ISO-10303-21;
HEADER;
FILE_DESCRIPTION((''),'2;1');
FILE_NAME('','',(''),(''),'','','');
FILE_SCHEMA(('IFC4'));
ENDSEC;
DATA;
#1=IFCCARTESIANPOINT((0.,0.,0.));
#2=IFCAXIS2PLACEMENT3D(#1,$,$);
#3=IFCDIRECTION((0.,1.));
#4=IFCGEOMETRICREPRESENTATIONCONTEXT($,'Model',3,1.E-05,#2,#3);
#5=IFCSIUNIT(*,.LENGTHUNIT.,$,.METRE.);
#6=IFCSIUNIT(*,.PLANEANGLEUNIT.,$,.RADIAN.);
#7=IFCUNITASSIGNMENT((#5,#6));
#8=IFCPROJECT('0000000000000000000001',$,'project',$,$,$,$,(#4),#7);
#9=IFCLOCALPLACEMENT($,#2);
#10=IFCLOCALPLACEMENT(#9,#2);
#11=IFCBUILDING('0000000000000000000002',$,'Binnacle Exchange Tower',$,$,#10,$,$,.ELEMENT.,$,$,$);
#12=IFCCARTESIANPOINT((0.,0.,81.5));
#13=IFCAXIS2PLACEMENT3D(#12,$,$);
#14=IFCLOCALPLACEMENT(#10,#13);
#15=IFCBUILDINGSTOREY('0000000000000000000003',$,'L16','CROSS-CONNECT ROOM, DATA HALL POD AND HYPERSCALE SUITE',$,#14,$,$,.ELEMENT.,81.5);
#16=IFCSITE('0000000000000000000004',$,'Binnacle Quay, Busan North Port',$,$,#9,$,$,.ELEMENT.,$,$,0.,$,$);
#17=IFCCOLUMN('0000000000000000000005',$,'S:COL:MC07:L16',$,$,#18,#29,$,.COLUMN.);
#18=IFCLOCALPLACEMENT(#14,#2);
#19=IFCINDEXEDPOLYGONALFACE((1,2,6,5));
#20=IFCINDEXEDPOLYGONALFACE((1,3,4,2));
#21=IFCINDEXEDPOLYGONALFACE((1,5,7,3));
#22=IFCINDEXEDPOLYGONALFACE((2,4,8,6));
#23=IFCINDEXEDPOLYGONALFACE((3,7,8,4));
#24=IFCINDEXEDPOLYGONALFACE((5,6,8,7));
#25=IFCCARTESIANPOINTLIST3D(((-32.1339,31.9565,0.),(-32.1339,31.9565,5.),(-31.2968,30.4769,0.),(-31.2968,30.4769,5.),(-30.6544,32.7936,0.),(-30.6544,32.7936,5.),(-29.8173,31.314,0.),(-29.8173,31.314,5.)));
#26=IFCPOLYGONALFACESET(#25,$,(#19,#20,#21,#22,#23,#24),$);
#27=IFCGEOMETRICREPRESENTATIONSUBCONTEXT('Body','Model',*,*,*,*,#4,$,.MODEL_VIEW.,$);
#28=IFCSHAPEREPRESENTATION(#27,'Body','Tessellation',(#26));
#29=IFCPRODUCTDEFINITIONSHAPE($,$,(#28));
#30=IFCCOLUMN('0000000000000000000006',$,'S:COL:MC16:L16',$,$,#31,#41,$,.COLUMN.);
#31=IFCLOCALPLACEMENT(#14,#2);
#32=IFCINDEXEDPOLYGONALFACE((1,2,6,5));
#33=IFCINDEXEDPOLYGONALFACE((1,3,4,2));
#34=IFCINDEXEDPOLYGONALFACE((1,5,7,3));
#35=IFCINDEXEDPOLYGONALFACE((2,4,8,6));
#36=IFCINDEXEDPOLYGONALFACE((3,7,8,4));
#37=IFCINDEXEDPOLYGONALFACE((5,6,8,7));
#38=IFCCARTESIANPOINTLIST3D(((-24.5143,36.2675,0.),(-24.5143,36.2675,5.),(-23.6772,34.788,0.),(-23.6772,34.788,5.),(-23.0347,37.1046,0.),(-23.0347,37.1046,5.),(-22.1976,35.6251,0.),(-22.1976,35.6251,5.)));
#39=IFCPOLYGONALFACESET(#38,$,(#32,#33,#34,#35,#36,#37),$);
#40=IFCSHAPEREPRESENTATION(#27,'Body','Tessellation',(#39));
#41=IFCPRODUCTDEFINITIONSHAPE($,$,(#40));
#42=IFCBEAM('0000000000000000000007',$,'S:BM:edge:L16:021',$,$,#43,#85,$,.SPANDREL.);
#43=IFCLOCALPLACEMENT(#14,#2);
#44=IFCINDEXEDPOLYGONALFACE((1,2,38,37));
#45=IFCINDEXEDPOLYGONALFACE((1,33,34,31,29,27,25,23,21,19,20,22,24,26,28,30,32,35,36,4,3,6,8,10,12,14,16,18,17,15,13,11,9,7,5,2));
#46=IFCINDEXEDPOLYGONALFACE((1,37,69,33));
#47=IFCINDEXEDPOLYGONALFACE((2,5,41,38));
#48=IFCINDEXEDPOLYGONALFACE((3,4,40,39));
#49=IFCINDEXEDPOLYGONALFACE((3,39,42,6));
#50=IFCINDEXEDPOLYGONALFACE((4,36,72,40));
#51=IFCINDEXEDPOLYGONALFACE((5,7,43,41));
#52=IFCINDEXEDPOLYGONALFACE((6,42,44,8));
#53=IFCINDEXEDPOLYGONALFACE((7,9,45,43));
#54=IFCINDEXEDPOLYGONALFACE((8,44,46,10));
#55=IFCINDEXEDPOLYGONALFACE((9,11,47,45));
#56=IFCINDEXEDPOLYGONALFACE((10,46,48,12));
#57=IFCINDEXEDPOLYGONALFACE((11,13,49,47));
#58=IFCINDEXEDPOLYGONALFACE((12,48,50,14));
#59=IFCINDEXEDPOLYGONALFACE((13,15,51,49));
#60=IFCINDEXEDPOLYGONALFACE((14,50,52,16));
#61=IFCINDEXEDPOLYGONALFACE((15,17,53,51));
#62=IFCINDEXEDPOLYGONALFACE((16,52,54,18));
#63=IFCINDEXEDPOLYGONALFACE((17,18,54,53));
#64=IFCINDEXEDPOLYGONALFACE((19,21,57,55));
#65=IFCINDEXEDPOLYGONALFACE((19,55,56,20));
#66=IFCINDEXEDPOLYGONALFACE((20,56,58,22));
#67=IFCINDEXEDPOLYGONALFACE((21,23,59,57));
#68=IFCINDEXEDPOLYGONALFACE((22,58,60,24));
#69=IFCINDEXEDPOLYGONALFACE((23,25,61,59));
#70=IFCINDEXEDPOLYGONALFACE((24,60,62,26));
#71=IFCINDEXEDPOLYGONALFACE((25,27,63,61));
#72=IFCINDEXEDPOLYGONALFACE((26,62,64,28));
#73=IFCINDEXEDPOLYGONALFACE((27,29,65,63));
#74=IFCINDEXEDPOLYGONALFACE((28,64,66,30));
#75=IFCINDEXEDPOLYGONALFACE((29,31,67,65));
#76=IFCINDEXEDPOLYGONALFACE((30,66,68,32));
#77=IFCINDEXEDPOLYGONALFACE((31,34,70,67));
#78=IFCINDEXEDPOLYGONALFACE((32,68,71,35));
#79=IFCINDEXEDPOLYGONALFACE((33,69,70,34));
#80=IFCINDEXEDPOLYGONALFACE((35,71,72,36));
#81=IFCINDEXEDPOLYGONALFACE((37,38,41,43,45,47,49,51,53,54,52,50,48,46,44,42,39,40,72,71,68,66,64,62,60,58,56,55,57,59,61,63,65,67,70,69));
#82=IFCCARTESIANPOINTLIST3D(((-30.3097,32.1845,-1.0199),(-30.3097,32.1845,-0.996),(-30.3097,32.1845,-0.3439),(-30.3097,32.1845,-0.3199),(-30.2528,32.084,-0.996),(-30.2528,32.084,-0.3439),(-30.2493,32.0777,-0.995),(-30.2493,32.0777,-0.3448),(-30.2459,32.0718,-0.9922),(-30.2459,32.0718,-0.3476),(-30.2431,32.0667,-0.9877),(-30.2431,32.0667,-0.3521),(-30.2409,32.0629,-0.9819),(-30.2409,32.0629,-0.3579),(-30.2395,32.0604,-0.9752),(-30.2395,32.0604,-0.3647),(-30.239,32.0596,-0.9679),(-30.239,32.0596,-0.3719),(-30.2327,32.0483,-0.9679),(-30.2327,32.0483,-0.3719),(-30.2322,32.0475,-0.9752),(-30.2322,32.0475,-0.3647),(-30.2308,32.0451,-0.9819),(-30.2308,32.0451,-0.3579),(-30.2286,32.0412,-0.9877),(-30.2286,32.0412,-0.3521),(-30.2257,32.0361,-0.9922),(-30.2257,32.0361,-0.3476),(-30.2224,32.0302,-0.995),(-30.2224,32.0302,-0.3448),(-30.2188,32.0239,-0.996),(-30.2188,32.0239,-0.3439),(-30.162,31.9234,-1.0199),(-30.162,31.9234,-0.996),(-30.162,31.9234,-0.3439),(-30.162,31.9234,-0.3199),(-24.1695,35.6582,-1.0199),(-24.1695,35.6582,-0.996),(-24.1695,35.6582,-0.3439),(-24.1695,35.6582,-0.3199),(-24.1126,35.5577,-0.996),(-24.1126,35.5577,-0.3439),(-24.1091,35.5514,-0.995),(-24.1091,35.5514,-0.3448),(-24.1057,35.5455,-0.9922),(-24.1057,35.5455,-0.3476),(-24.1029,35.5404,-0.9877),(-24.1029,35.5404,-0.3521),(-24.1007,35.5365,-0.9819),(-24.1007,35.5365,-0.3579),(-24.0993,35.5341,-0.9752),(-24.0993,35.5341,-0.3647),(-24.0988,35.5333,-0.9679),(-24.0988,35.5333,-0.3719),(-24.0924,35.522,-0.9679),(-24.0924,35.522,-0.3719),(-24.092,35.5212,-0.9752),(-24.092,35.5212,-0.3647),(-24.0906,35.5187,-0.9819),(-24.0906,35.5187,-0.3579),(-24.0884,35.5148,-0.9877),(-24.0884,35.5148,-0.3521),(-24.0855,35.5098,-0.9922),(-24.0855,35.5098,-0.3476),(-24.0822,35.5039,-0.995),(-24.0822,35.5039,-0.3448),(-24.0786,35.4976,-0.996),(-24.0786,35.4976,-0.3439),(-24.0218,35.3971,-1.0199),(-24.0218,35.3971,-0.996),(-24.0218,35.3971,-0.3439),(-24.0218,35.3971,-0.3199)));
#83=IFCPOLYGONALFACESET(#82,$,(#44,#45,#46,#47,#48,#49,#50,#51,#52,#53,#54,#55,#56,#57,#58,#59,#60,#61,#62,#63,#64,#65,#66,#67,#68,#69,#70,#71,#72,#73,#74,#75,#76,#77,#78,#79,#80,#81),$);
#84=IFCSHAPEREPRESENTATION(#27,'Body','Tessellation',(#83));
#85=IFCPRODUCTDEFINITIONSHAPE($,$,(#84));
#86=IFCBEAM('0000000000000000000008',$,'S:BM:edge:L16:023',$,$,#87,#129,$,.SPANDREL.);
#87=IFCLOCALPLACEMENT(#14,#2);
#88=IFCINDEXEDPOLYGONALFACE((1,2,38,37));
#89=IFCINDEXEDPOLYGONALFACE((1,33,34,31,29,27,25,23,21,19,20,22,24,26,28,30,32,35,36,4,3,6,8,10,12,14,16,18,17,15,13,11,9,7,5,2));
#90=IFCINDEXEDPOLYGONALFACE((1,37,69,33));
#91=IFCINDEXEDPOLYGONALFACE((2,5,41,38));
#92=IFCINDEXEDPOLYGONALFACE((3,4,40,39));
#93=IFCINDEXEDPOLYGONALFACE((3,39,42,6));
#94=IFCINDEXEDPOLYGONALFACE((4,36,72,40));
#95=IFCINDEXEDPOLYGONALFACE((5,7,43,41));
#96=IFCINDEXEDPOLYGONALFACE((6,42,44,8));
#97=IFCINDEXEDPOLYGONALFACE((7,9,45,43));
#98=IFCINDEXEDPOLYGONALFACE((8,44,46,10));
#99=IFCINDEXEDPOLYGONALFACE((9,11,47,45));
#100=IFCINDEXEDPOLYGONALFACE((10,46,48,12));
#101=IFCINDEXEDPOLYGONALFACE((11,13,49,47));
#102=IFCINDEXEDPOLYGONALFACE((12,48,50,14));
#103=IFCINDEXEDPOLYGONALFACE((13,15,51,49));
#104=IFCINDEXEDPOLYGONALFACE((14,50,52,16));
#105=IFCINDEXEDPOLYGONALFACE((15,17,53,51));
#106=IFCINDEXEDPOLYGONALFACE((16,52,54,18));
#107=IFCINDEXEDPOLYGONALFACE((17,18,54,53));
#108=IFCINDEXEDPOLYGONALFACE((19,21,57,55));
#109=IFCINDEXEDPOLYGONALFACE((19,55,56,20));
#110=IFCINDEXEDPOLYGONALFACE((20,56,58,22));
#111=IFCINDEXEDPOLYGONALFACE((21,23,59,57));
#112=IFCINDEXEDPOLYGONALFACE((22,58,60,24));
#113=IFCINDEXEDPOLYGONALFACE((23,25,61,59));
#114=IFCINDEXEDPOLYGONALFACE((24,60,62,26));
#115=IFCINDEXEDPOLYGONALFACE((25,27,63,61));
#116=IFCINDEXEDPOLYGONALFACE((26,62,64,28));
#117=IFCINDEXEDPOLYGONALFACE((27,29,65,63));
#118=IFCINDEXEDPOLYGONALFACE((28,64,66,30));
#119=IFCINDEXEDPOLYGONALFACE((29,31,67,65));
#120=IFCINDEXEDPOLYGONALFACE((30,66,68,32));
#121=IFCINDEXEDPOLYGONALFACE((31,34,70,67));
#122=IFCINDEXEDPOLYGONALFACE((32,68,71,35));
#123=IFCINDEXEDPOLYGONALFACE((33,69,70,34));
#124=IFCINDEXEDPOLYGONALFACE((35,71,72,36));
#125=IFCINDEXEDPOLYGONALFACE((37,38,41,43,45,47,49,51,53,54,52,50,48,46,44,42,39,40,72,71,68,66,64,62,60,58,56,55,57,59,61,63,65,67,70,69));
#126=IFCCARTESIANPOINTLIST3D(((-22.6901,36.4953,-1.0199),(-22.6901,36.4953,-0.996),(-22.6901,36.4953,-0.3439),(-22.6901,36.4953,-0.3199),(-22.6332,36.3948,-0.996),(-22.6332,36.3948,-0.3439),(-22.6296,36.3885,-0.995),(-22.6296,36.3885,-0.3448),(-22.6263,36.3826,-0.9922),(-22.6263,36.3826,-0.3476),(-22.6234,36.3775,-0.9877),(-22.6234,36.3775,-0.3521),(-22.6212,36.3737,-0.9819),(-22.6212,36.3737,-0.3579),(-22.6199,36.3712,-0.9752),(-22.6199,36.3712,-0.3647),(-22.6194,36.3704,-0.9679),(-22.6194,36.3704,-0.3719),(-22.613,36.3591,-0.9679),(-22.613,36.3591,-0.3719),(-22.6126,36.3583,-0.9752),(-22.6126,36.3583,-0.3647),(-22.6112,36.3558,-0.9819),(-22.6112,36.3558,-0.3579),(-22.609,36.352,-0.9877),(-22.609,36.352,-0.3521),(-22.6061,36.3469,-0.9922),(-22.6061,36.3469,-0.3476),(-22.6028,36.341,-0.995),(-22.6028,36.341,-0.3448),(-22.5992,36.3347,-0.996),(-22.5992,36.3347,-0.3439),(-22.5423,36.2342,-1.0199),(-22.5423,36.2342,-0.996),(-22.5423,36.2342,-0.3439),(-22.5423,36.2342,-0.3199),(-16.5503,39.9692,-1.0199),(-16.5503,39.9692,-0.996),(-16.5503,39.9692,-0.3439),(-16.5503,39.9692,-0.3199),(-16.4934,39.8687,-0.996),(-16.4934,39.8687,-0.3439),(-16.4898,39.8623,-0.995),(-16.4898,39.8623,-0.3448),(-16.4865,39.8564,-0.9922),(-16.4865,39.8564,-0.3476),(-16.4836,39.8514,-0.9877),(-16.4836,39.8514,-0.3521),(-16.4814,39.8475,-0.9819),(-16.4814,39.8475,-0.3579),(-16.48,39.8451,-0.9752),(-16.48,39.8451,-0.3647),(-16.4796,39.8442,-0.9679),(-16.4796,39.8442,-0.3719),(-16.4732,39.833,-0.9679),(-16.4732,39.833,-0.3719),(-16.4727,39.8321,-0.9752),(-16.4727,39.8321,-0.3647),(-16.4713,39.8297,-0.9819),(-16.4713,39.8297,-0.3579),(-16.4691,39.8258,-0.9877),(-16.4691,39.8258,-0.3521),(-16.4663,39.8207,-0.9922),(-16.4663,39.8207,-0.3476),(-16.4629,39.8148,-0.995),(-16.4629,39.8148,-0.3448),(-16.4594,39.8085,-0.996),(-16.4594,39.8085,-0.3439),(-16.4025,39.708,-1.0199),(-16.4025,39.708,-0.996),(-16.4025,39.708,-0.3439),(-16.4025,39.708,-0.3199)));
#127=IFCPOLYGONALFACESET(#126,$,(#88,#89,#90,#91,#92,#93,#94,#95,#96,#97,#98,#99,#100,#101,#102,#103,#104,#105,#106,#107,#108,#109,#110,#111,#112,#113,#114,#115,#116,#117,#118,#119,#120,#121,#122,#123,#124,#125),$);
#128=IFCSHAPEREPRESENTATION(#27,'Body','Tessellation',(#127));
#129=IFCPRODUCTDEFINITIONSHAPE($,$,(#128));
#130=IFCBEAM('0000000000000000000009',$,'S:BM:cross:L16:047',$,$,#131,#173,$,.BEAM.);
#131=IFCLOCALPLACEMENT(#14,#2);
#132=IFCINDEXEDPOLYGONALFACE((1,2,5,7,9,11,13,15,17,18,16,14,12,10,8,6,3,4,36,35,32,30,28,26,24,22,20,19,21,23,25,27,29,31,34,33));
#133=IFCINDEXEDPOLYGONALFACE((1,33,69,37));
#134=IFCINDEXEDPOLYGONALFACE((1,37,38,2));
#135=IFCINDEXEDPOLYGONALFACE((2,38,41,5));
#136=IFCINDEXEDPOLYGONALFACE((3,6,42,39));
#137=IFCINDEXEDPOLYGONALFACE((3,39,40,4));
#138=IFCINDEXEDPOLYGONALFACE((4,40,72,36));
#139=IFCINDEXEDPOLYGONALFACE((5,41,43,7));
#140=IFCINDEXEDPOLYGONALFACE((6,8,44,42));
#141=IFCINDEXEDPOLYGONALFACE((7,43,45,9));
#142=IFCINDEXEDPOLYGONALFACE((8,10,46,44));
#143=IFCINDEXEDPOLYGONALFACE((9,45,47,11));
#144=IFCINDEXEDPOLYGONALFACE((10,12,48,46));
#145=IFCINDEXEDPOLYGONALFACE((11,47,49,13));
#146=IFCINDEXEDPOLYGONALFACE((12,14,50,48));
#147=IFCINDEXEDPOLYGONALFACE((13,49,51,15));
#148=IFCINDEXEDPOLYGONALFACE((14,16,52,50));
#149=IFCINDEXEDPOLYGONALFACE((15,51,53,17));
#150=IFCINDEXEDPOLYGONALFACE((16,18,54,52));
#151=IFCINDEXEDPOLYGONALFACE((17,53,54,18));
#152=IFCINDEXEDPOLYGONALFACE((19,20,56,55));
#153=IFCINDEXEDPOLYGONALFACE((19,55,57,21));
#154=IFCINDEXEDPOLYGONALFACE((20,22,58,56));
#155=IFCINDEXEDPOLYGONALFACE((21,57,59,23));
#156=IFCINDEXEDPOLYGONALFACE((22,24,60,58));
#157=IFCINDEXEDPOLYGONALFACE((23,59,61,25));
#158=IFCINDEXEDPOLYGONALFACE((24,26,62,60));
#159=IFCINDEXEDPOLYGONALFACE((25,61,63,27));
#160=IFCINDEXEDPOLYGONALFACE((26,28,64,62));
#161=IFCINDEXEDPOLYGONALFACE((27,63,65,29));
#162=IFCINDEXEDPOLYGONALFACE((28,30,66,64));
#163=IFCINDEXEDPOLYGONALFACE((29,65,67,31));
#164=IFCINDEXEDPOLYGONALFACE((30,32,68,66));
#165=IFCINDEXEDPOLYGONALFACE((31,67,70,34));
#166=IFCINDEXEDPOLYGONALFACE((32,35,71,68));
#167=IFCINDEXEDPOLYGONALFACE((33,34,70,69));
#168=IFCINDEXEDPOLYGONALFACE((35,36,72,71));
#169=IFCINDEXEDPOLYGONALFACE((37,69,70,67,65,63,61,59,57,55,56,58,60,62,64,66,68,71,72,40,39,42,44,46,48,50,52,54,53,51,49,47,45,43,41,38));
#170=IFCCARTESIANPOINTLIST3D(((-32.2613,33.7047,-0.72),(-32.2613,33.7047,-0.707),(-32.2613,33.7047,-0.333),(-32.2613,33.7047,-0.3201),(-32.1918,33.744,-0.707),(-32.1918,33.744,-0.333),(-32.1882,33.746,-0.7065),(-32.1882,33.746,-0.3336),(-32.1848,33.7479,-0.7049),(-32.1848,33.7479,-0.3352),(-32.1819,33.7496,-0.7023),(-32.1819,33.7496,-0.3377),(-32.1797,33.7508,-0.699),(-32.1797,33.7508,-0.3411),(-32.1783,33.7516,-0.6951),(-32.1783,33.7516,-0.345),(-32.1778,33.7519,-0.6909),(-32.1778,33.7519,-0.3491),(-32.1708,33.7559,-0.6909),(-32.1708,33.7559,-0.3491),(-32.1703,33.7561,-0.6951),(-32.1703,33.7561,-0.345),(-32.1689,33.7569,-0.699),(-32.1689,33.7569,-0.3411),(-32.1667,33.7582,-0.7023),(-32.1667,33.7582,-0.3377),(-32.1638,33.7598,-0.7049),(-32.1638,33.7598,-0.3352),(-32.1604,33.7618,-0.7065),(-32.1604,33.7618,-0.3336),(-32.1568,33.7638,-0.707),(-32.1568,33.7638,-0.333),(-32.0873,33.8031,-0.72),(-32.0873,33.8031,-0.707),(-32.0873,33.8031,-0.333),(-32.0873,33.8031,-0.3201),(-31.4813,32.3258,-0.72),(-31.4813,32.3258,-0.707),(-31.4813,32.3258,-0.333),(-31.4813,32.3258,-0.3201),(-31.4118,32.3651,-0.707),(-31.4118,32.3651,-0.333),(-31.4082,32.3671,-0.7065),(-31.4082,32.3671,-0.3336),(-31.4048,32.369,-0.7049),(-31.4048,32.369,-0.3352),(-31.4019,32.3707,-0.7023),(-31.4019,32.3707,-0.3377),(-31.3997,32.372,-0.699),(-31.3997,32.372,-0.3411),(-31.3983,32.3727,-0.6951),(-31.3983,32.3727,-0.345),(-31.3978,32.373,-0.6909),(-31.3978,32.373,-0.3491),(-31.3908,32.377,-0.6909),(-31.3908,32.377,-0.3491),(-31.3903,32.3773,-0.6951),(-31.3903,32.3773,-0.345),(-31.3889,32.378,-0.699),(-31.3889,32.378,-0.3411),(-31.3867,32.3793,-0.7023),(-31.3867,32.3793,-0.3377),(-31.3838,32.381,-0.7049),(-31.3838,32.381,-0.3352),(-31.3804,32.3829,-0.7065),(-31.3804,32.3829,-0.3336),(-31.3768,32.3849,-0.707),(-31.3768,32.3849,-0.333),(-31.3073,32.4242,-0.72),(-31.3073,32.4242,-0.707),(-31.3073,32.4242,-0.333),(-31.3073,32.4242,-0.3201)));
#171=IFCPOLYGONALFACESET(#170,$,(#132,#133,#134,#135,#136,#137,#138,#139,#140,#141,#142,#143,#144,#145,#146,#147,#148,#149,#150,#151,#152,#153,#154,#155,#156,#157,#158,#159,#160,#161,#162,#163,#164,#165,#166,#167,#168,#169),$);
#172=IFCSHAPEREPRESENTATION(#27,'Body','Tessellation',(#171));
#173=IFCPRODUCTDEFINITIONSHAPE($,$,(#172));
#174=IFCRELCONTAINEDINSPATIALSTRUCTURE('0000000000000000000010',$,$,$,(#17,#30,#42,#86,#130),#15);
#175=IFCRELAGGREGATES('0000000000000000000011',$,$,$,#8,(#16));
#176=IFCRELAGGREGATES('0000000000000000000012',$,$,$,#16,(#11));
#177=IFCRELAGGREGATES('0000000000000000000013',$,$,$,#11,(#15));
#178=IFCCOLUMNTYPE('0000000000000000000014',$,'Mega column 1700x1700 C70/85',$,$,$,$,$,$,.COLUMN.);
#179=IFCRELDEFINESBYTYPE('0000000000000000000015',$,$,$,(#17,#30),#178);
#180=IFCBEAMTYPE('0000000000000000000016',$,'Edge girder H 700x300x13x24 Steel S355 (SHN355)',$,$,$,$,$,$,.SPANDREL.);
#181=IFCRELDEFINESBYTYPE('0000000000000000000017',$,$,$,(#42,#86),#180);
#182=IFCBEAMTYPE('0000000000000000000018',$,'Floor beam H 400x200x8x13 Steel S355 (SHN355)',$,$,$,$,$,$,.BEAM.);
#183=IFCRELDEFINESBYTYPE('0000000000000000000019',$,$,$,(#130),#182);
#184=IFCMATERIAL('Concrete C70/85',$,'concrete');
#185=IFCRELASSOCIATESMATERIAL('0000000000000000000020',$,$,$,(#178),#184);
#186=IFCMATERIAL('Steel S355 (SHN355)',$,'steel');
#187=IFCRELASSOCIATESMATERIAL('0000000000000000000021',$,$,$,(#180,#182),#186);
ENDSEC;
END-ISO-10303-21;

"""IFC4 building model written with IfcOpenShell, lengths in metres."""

from ifc_helpers import new_model, si_unit, direction, frame, origin, origin_2d, place, context, subcontext, project, spatial, rectangle, i_section, extrude, material, material_profile, profile_set, type_object, element, save


model = new_model("IFC4")

# Units and contexts
model_context = context("Model", 3, precision=1e-05, world=origin(), true_north=direction((0.0, 1.0)))
body_context = subcontext(model_context, "Body", "Model", "MODEL_VIEW")
ifc_project = project(units=[si_unit("LENGTHUNIT", "METRE"), si_unit("PLANEANGLEUNIT", "RADIAN")], contexts=[model_context])

# Site, building, storey
site_placement = place(None, origin())
site = spatial("IfcSite", under=ifc_project, at=site_placement, Name="Binnacle Quay, Busan North Port", CompositionType="ELEMENT", RefElevation=0.0)
building_placement = place(site_placement, origin())
building = spatial("IfcBuilding", under=site, at=building_placement, Name="Binnacle Exchange Tower", CompositionType="ELEMENT")
storey_placement = place(building_placement, frame((0.0, 0.0, 81.5)))
storey = spatial("IfcBuildingStorey", under=building, at=storey_placement, Name="L16", Description="CROSS-CONNECT ROOM, DATA HALL POD AND HYPERSCALE SUITE", CompositionType="ELEMENT", Elevation=81.5)

# Columns
ifc_material_1 = material(Name="Concrete C70/85", Category="concrete")
ifc_material_profile_1 = material_profile(ifc_material_1, rectangle(XDim=1.7, YDim=1.7, at=origin_2d()), Name="Mega column 1700x1700 C70/85")
ifc_profile_set_1 = profile_set([ifc_material_profile_1], Name="Concrete C70/85")
column_type = type_object("IfcColumnType", Name="Mega column 1700x1700 C70/85", PredefinedType="COLUMN", material=ifc_profile_set_1)
for number, where, z_axis, x_axis, name in (
    (1, (-30.9756, 31.6353, 0.0), (0.0, 0.0, 1.0), (0.870356, 0.492424, 0.0), "S:COL:MC07:L16"),
    (2, (-23.356, 35.9463, 0.0), (0.0, 0.0, 1.0), (0.870356, 0.492424, 0.0), "S:COL:MC16:L16"),
):
    element("IfcColumn", number, at=place(storey_placement, frame(where, z_axis=z_axis, x_axis=x_axis)), inside=storey, type_object=column_type, Name=name, PredefinedType="COLUMN", context=body_context, shape_type="SweptSolid", body=[
        extrude(rectangle(XDim=1.7, YDim=1.7, at=origin_2d()), origin(), (0.0, 0.0, 1.0), 5.0),
    ])

# Beams
ifc_material_2 = material(Name="Steel S355 (SHN355)", Category="steel")
ifc_material_profile_2 = material_profile(ifc_material_2, i_section(OverallWidth=0.3, OverallDepth=0.7, WebThickness=0.0129, FlangeThickness=0.0239, FilletRadius=0.0281, at=origin_2d()), Name="H 700x300x13x24")
ifc_profile_set_2 = profile_set([ifc_material_profile_2], Name="Steel S355 (SHN355)")
beam_type_1 = type_object("IfcBeamType", Name="Edge girder H 700x300x13x24 Steel S355 (SHN355)", PredefinedType="SPANDREL", material=ifc_profile_set_2)
beam_1_placement = place(storey_placement, frame((-30.2358, 32.054, -0.6699), z_axis=(0.870373, 0.492392, 0.0), x_axis=(-0.492392, 0.870373, 0.0)))
element("IfcBeam", 3, at=beam_1_placement, inside=storey, type_object=beam_type_1, Name="S:BM:edge:L16:021", PredefinedType="SPANDREL", context=body_context, shape_type="SweptSolid", body=[
    extrude(i_section(OverallWidth=0.3, OverallDepth=0.7, WebThickness=0.0129, FlangeThickness=0.0239, FilletRadius=0.0281, at=origin_2d()), origin(), (0.0, 0.0, 1.0), 7.0547),
])
beam_2_placement = place(storey_placement, frame((-22.6162, 36.3647, -0.6699), z_axis=(0.87035, 0.492434, 0.0), x_axis=(-0.492434, 0.87035, 0.0)))
element("IfcBeam", 4, at=beam_2_placement, inside=storey, type_object=beam_type_1, Name="S:BM:edge:L16:023", PredefinedType="SPANDREL", context=body_context, shape_type="SweptSolid", body=[
    extrude(i_section(OverallWidth=0.3, OverallDepth=0.7, WebThickness=0.0129, FlangeThickness=0.0239, FilletRadius=0.0281, at=origin_2d()), origin(), (0.0, 0.0, 1.0), 7.0544),
])
ifc_material_profile_3 = material_profile(ifc_material_2, i_section(OverallWidth=0.2, OverallDepth=0.3999, WebThickness=0.0081, FlangeThickness=0.0129, FilletRadius=0.0161, at=origin_2d()), Name="H 400x200x8x13")
ifc_profile_set_3 = profile_set([ifc_material_profile_3], Name="Steel S355 (SHN355)")
beam_type_2 = type_object("IfcBeamType", Name="Floor beam H 400x200x8x13 Steel S355 (SHN355)", PredefinedType="BEAM", material=ifc_profile_set_3)
beam_3_placement = place(storey_placement, frame((-31.3943, 32.375, -0.52), z_axis=(-0.492367, 0.870388, 0.0), x_axis=(-0.870388, -0.492367, 0.0)))
element("IfcBeam", 5, at=beam_3_placement, inside=storey, type_object=beam_type_2, Name="S:BM:cross:L16:047", PredefinedType="BEAM", context=body_context, shape_type="SweptSolid", body=[
    extrude(i_section(OverallWidth=0.2, OverallDepth=0.3999, WebThickness=0.0081, FlangeThickness=0.0129, FilletRadius=0.0161, at=origin_2d()), origin(), (0.0, 0.0, 1.0), 1.5842),
])

save(model, "model.ifc")
